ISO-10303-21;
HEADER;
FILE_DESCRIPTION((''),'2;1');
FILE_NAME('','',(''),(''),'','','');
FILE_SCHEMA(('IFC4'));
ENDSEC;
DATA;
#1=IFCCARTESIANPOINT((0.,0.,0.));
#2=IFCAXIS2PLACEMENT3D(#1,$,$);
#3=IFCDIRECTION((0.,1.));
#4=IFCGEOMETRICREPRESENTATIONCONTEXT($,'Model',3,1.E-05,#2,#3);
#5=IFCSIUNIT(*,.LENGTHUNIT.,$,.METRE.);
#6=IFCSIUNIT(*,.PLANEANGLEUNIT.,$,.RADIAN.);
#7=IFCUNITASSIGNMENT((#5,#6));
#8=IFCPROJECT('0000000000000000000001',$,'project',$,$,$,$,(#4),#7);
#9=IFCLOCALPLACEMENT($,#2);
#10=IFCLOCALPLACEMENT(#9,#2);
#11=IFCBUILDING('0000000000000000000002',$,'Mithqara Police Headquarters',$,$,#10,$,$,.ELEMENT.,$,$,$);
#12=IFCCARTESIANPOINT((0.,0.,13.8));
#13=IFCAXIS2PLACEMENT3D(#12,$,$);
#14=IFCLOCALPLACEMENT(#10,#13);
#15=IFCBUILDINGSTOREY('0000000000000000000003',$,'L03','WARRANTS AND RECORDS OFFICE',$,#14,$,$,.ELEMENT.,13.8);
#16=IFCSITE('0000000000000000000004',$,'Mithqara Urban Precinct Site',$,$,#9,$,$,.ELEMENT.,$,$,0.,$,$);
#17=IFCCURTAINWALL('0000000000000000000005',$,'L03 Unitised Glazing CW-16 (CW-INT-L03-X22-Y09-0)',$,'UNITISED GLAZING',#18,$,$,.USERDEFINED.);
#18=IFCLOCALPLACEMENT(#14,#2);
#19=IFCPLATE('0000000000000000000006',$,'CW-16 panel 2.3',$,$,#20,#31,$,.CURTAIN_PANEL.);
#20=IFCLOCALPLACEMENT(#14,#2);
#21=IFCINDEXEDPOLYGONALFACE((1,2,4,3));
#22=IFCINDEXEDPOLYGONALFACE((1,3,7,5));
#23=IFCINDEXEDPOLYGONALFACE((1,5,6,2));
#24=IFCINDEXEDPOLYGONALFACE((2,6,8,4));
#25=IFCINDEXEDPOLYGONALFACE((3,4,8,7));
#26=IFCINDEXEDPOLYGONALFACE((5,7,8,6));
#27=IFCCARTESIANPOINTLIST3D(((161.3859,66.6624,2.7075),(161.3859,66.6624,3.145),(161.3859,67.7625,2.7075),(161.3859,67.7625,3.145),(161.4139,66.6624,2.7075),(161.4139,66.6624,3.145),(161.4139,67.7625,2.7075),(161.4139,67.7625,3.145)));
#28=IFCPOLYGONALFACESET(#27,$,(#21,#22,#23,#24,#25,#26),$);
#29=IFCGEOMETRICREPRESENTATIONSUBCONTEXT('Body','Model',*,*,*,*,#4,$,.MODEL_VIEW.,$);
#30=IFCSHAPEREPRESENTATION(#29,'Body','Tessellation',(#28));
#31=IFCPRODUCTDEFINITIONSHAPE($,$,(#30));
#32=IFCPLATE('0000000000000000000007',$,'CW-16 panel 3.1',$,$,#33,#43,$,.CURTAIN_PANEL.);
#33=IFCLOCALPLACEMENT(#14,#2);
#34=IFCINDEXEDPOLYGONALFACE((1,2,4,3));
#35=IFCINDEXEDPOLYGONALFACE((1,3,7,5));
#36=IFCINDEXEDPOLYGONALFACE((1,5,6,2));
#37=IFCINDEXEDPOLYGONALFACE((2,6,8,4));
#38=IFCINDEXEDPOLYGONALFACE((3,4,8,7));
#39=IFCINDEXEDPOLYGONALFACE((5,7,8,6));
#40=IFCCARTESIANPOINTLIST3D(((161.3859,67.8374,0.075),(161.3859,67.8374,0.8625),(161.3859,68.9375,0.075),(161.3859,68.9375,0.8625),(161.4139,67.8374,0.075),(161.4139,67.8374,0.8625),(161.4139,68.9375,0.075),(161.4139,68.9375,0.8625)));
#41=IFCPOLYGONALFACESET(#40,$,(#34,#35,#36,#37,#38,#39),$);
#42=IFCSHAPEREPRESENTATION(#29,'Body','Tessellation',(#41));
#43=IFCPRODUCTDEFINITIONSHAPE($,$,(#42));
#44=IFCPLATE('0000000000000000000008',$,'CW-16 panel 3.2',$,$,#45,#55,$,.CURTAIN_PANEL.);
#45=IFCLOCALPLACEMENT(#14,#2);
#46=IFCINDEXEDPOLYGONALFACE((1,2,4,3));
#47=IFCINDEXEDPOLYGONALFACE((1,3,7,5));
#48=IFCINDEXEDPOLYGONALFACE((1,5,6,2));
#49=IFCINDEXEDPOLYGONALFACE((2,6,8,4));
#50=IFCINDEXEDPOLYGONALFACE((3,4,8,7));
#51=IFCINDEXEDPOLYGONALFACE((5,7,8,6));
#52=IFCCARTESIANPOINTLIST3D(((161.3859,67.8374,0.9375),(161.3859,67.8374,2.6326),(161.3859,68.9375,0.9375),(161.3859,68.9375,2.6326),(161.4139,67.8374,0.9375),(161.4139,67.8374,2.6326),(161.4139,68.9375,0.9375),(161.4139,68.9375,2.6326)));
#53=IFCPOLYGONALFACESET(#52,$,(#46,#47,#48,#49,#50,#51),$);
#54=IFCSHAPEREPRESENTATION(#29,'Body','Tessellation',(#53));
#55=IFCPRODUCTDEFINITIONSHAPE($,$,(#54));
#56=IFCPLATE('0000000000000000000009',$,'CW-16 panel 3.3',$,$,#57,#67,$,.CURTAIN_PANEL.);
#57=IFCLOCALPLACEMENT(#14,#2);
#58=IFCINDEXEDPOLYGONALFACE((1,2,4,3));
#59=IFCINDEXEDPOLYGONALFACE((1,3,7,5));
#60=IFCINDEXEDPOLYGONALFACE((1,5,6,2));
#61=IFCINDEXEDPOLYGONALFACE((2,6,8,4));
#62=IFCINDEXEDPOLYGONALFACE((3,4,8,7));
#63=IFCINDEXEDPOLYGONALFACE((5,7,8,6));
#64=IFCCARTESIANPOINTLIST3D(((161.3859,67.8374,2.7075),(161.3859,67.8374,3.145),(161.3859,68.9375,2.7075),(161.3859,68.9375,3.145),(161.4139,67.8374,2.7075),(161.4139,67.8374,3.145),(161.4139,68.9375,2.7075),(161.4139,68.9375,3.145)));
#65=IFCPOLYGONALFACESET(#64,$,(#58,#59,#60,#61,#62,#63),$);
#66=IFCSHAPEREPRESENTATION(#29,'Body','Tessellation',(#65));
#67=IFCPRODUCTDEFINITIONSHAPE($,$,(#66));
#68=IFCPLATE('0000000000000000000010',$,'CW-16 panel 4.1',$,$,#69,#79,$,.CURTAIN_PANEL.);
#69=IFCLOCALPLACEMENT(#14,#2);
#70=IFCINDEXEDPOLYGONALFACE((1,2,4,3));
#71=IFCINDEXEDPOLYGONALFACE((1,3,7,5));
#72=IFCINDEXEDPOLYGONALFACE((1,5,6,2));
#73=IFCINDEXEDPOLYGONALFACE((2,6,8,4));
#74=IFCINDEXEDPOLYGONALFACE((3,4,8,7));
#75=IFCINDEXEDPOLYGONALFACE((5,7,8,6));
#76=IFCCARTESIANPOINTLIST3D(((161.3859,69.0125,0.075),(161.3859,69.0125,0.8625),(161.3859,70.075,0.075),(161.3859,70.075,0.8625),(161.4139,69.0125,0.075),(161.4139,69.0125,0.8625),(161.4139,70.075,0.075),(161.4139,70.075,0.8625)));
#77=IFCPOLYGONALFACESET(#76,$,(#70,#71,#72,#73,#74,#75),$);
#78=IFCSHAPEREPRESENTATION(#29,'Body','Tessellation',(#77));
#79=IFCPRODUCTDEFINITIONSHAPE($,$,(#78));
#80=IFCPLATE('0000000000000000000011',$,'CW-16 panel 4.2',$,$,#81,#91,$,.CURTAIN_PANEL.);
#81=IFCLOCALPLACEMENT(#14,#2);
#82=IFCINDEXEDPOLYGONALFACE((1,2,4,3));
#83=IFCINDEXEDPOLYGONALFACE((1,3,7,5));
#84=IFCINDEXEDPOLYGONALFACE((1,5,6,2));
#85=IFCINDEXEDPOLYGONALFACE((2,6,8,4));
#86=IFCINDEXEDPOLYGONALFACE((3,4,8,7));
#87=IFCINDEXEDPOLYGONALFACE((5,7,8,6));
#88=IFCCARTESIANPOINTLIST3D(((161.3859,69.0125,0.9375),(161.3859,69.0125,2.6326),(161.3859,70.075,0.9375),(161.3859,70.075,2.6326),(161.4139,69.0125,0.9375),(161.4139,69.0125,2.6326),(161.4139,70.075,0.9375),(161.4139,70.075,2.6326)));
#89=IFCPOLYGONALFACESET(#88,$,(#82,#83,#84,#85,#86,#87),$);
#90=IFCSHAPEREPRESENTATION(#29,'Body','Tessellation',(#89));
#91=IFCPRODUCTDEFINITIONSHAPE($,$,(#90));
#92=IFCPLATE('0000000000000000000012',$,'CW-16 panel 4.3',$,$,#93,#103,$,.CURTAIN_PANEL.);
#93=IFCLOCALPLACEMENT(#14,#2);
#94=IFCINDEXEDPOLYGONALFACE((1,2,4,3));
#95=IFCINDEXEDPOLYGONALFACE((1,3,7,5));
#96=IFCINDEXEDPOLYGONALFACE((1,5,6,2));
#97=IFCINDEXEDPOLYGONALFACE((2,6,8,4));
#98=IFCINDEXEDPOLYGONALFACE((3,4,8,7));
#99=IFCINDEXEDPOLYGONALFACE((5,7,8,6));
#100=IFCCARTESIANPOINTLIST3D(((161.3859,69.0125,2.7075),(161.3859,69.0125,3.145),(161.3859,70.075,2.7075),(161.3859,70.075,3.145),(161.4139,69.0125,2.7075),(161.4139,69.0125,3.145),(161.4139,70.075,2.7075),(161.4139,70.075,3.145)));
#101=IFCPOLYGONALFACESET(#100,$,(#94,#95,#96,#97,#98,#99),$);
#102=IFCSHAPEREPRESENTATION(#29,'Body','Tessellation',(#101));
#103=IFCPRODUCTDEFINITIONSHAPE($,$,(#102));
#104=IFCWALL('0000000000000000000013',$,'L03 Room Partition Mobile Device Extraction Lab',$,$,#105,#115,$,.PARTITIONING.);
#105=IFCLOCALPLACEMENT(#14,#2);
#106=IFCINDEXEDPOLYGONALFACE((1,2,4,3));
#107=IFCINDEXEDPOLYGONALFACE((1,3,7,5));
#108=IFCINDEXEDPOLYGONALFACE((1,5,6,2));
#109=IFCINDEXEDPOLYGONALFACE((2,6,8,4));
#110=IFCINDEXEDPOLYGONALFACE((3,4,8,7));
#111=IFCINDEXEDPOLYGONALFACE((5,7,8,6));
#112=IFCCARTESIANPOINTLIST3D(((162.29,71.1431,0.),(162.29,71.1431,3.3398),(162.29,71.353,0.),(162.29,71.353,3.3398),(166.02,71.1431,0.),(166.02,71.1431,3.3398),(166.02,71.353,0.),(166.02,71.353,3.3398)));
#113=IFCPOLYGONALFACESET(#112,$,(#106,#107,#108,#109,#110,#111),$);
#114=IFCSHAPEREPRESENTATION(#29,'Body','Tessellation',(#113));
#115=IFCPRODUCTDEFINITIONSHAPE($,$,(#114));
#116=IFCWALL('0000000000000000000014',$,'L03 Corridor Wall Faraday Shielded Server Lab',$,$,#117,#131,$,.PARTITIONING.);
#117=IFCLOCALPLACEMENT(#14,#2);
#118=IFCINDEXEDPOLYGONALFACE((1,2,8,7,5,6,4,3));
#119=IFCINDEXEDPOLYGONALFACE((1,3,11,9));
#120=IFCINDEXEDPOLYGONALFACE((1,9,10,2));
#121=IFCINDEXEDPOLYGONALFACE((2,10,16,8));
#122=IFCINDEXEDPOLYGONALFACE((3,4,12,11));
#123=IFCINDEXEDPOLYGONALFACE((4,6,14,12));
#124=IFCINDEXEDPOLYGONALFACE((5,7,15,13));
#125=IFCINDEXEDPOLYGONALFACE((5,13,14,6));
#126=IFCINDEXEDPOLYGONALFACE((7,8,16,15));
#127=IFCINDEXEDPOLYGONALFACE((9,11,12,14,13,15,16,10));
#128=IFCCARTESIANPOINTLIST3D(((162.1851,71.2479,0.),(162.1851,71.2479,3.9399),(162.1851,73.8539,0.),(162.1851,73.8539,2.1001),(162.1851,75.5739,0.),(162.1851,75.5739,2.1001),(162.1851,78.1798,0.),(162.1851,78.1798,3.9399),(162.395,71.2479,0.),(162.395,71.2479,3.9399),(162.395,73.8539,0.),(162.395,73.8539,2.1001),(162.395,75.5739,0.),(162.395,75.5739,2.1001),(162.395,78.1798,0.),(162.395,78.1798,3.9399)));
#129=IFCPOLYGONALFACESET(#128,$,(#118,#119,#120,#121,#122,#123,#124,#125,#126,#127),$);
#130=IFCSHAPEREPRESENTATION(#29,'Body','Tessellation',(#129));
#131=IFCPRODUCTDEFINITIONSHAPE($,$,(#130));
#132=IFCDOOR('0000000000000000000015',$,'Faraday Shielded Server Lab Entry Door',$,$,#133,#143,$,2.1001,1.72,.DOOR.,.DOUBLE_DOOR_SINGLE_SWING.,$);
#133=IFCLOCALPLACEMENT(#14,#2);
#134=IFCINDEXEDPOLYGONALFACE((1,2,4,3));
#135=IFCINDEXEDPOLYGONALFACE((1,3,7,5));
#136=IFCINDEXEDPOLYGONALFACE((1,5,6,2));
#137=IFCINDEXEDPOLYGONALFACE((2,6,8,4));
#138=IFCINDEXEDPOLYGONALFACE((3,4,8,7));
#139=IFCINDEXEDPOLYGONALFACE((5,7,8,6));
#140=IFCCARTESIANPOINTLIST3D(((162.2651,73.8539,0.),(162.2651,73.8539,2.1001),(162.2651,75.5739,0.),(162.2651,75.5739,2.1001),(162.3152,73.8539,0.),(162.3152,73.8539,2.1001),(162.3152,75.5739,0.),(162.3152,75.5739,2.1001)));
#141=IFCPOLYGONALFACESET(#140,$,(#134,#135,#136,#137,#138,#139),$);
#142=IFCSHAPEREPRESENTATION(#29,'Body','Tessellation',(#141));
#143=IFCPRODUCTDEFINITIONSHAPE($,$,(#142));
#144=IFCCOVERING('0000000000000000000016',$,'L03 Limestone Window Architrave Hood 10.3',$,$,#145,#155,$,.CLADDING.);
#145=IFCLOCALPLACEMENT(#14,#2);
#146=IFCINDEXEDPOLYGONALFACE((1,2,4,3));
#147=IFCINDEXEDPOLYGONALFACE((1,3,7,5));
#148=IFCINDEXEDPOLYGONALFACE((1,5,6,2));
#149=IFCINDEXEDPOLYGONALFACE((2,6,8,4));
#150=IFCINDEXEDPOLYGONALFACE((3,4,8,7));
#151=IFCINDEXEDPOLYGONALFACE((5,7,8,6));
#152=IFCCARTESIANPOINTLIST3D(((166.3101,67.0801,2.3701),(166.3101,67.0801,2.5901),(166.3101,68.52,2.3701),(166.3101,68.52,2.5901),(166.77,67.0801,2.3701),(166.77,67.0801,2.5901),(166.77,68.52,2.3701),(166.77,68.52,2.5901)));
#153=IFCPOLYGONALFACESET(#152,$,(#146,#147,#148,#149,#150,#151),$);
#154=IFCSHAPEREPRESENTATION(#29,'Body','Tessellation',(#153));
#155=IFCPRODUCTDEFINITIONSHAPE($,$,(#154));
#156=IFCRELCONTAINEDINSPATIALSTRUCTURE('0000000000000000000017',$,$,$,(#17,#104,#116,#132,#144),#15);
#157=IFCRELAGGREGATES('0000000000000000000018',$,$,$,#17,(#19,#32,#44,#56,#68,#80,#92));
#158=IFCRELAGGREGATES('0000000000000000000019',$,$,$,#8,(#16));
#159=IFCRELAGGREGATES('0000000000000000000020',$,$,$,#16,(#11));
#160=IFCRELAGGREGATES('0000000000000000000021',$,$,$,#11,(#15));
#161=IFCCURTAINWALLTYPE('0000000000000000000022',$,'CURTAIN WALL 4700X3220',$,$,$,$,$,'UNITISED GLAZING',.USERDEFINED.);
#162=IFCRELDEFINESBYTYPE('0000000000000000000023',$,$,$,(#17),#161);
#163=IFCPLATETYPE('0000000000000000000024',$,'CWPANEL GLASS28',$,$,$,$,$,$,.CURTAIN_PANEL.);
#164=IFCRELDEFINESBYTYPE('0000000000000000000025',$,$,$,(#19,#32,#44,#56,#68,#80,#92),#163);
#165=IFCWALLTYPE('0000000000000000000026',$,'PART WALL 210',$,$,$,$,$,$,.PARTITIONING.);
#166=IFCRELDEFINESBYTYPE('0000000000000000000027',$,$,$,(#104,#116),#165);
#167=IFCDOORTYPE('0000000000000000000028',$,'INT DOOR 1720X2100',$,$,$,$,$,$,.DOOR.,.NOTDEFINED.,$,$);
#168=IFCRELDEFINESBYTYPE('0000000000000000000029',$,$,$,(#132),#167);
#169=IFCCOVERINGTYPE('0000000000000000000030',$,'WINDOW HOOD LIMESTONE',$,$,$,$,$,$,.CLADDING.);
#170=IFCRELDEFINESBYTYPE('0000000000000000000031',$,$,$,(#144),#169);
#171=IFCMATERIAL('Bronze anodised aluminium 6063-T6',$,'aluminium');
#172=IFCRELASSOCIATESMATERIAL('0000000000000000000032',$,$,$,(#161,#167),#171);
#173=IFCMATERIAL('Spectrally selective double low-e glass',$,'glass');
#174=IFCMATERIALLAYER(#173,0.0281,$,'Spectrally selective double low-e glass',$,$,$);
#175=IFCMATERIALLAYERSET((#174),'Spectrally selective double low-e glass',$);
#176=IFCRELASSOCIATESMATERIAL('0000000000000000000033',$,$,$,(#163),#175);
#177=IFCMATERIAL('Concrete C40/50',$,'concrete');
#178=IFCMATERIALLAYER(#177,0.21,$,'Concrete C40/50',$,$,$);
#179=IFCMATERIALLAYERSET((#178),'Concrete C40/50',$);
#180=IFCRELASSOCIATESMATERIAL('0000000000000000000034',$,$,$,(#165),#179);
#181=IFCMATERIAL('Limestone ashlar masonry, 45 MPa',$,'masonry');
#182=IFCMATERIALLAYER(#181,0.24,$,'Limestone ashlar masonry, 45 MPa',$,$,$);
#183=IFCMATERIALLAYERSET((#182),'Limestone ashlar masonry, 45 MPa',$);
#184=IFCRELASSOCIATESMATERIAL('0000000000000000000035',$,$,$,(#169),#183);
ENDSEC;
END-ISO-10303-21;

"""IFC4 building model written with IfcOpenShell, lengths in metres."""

from ifc_helpers import new_model, si_unit, direction, frame, frame_2d, origin, origin_2d, place, context, subcontext, project, spatial, rectangle, extrude, material, layer, layer_set, type_object, element, fill, aggregate, save


model = new_model("IFC4")

# Units and contexts
model_context = context("Model", 3, precision=1e-05, world=origin(), true_north=direction((0.0, 1.0)))
body_context = subcontext(model_context, "Body", "Model", "MODEL_VIEW")
ifc_project = project(units=[si_unit("LENGTHUNIT", "METRE"), si_unit("PLANEANGLEUNIT", "RADIAN")], contexts=[model_context])

# Site, building, storey
site_placement = place(None, origin())
site = spatial("IfcSite", under=ifc_project, at=site_placement, Name="Mithqara Urban Precinct Site", CompositionType="ELEMENT", RefElevation=0.0)
building_placement = place(site_placement, origin())
building = spatial("IfcBuilding", under=site, at=building_placement, Name="Mithqara Police Headquarters", CompositionType="ELEMENT")
storey_placement = place(building_placement, frame((0.0, 0.0, 13.8)))
storey = spatial("IfcBuildingStorey", under=building, at=storey_placement, Name="L03", Description="WARRANTS AND RECORDS OFFICE", CompositionType="ELEMENT", Elevation=13.8)

# Curtain wall, plates
ifc_material_1 = material(Name="Bronze anodised aluminium 6063-T6", Category="aluminium")
curtain_wall_type = type_object("IfcCurtainWallType", Name="CURTAIN WALL 4700X3220", ElementType="UNITISED GLAZING", PredefinedType="USERDEFINED", material=ifc_material_1)
curtain_wall_placement = place(storey_placement, origin())
curtain_wall = element("IfcCurtainWall", 1, at=curtain_wall_placement, inside=storey, type_object=curtain_wall_type, Name="L03 Unitised Glazing CW-16 (CW-INT-L03-X22-Y09-0)", ObjectType="UNITISED GLAZING", PredefinedType="USERDEFINED")
ifc_material_2 = material(Name="Spectrally selective double low-e glass", Category="glass")
ifc_layer_1 = layer(ifc_material_2, 0.0281, Name="Spectrally selective double low-e glass")
ifc_layer_set_1 = layer_set([ifc_layer_1], Name="Spectrally selective double low-e glass")
plate_type = type_object("IfcPlateType", Name="CWPANEL GLASS28", PredefinedType="CURTAIN_PANEL", material=ifc_layer_set_1)
plate_1_placement = place(storey_placement, frame((161.3999, 67.2124, 2.7075), z_axis=(0.0, 0.0, 1.0), x_axis=(0.0, 1.0, 0.0)))
plate_1 = element("IfcPlate", 2, at=plate_1_placement, type_object=plate_type, Name="CW-16 panel 2.3", PredefinedType="CURTAIN_PANEL", context=body_context, shape_type="SweptSolid", body=[
    extrude(rectangle(XDim=1.1001, YDim=0.0281, at=origin_2d()), origin(), (0.0, 0.0, 1.0), 0.4375),
])
plate_2_placement = place(storey_placement, frame((161.3999, 68.3875, 0.075), z_axis=(0.0, 0.0, 1.0), x_axis=(0.0, 1.0, 0.0)))
plate_2 = element("IfcPlate", 3, at=plate_2_placement, type_object=plate_type, Name="CW-16 panel 3.1", PredefinedType="CURTAIN_PANEL", context=body_context, shape_type="SweptSolid", body=[
    extrude(rectangle(XDim=1.1001, YDim=0.0281, at=origin_2d()), origin(), (0.0, 0.0, 1.0), 0.7876),
])
plate_3_placement = place(storey_placement, frame((161.3999, 68.3875, 0.9375), z_axis=(0.0, 0.0, 1.0), x_axis=(0.0, 1.0, 0.0)))
plate_3 = element("IfcPlate", 4, at=plate_3_placement, type_object=plate_type, Name="CW-16 panel 3.2", PredefinedType="CURTAIN_PANEL", context=body_context, shape_type="SweptSolid", body=[
    extrude(rectangle(XDim=1.1001, YDim=0.0281, at=origin_2d()), origin(), (0.0, 0.0, 1.0), 1.6951),
])
plate_4_placement = place(storey_placement, frame((161.3999, 68.3875, 2.7075), z_axis=(0.0, 0.0, 1.0), x_axis=(0.0, 1.0, 0.0)))
plate_4 = element("IfcPlate", 5, at=plate_4_placement, type_object=plate_type, Name="CW-16 panel 3.3", PredefinedType="CURTAIN_PANEL", context=body_context, shape_type="SweptSolid", body=[
    extrude(rectangle(XDim=1.1001, YDim=0.0281, at=origin_2d()), origin(), (0.0, 0.0, 1.0), 0.4375),
])
plate_5_placement = place(storey_placement, frame((161.3999, 69.5437, 0.075), z_axis=(0.0, 0.0, 1.0), x_axis=(0.0, 1.0, 0.0)))
plate_5 = element("IfcPlate", 6, at=plate_5_placement, type_object=plate_type, Name="CW-16 panel 4.1", PredefinedType="CURTAIN_PANEL", context=body_context, shape_type="SweptSolid", body=[
    extrude(rectangle(XDim=1.0625, YDim=0.0281, at=origin_2d()), origin(), (0.0, 0.0, 1.0), 0.7876),
])
plate_6_placement = place(storey_placement, frame((161.3999, 69.5437, 0.9375), z_axis=(0.0, 0.0, 1.0), x_axis=(0.0, 1.0, 0.0)))
plate_6 = element("IfcPlate", 7, at=plate_6_placement, type_object=plate_type, Name="CW-16 panel 4.2", PredefinedType="CURTAIN_PANEL", context=body_context, shape_type="SweptSolid", body=[
    extrude(rectangle(XDim=1.0625, YDim=0.0281, at=origin_2d()), origin(), (0.0, 0.0, 1.0), 1.6951),
])
plate_7_placement = place(storey_placement, frame((161.3999, 69.5437, 2.7075), z_axis=(0.0, 0.0, 1.0), x_axis=(0.0, 1.0, 0.0)))
plate_7 = element("IfcPlate", 8, at=plate_7_placement, type_object=plate_type, Name="CW-16 panel 4.3", PredefinedType="CURTAIN_PANEL", context=body_context, shape_type="SweptSolid", body=[
    extrude(rectangle(XDim=1.0625, YDim=0.0281, at=origin_2d()), origin(), (0.0, 0.0, 1.0), 0.4375),
])
aggregate(curtain_wall, [plate_1, plate_2, plate_3, plate_4, plate_5, plate_6, plate_7])

# Wall
ifc_material_3 = material(Name="Concrete C40/50", Category="concrete")
ifc_layer_2 = layer(ifc_material_3, 0.21, Name="Concrete C40/50")
ifc_layer_set_2 = layer_set([ifc_layer_2], Name="Concrete C40/50")
wall_type = type_object("IfcWallType", Name="PART WALL 210", PredefinedType="PARTITIONING", material=ifc_layer_set_2)
wall_1_placement = place(storey_placement, frame((162.29, 71.248, 0.0), z_axis=(0.0, 0.0, 1.0), x_axis=(1.0, 0.0, 0.0)))
element("IfcWall", 9, at=wall_1_placement, inside=storey, type_object=wall_type, Name="L03 Room Partition Mobile Device Extraction Lab", PredefinedType="PARTITIONING", context=body_context, shape_type="SweptSolid", body=[
    extrude(rectangle(XDim=3.73, YDim=0.21, at=frame_2d((1.865, 0.0))), origin(), (0.0, 0.0, 1.0), 3.3398),
])

# Wall, opening, door
wall_2_placement = place(storey_placement, frame((162.29, 71.248, 0.0), z_axis=(0.0, 0.0, 1.0), x_axis=(0.0, 1.0, 0.0)))
wall_2 = element("IfcWall", 10, at=wall_2_placement, inside=storey, type_object=wall_type, Name="L03 Corridor Wall Faraday Shielded Server Lab", PredefinedType="PARTITIONING", context=body_context, shape_type="SweptSolid", body=[
    extrude(rectangle(XDim=6.9319, YDim=0.21, at=frame_2d((3.4658, 0.0))), origin(), (0.0, 0.0, 1.0), 3.9399),
])
opening_placement = place(wall_2_placement, frame((2.606, 0.0, 0.0)))
opening = element("IfcOpeningElement", 11, at=opening_placement, cuts=wall_2, PredefinedType="OPENING", context=body_context, shape_type="SweptSolid", body=[
    extrude(rectangle(XDim=1.72, YDim=2.1001, at=frame_2d((0.8599, 1.05))), frame((0.0, 0.115, 0.0), z_axis=(0.0, -1.0, 0.0), x_axis=(1.0, 0.0, 0.0)), (0.0, 0.0, 1.0), 0.23),
])
door_type = type_object("IfcDoorType", Name="INT DOOR 1720X2100", OperationType="NOTDEFINED", PredefinedType="DOOR", material=ifc_material_1)
door_placement = place(opening_placement, origin())
door = element("IfcDoor", 12, at=door_placement, inside=storey, type_object=door_type, Name="Faraday Shielded Server Lab Entry Door", OperationType="DOUBLE_DOOR_SINGLE_SWING", OverallHeight=2.1001, OverallWidth=1.72, PredefinedType="DOOR", context=body_context, shape_type="SweptSolid", body=[
    extrude(rectangle(XDim=1.72, YDim=2.1001, at=frame_2d((0.8599, 1.05))), frame((0.0, 0.0249, 0.0), z_axis=(0.0, -1.0, 0.0), x_axis=(1.0, 0.0, 0.0)), (0.0, 0.0, 1.0), 0.05),
])
fill(opening, door)

# Covering
ifc_material_4 = material(Name="Limestone ashlar masonry, 45 MPa", Category="masonry")
ifc_layer_3 = layer(ifc_material_4, 0.24, Name="Limestone ashlar masonry, 45 MPa")
ifc_layer_set_3 = layer_set([ifc_layer_3], Name="Limestone ashlar masonry, 45 MPa")
covering_type = type_object("IfcCoveringType", Name="WINDOW HOOD LIMESTONE", PredefinedType="CLADDING", material=ifc_layer_set_3)
covering_placement = place(storey_placement, frame((166.54, 67.8, 2.3701), z_axis=(0.0, 0.0, 1.0), x_axis=(0.0, 1.0, 0.0)))
element("IfcCovering", 13, at=covering_placement, inside=storey, type_object=covering_type, Name="L03 Limestone Window Architrave Hood 10.3", PredefinedType="CLADDING", context=body_context, shape_type="SweptSolid", body=[
    extrude(rectangle(XDim=1.4399, YDim=0.46, at=origin_2d()), origin(), (0.0, 0.0, 1.0), 0.22),
])

save(model, "model.ifc")
